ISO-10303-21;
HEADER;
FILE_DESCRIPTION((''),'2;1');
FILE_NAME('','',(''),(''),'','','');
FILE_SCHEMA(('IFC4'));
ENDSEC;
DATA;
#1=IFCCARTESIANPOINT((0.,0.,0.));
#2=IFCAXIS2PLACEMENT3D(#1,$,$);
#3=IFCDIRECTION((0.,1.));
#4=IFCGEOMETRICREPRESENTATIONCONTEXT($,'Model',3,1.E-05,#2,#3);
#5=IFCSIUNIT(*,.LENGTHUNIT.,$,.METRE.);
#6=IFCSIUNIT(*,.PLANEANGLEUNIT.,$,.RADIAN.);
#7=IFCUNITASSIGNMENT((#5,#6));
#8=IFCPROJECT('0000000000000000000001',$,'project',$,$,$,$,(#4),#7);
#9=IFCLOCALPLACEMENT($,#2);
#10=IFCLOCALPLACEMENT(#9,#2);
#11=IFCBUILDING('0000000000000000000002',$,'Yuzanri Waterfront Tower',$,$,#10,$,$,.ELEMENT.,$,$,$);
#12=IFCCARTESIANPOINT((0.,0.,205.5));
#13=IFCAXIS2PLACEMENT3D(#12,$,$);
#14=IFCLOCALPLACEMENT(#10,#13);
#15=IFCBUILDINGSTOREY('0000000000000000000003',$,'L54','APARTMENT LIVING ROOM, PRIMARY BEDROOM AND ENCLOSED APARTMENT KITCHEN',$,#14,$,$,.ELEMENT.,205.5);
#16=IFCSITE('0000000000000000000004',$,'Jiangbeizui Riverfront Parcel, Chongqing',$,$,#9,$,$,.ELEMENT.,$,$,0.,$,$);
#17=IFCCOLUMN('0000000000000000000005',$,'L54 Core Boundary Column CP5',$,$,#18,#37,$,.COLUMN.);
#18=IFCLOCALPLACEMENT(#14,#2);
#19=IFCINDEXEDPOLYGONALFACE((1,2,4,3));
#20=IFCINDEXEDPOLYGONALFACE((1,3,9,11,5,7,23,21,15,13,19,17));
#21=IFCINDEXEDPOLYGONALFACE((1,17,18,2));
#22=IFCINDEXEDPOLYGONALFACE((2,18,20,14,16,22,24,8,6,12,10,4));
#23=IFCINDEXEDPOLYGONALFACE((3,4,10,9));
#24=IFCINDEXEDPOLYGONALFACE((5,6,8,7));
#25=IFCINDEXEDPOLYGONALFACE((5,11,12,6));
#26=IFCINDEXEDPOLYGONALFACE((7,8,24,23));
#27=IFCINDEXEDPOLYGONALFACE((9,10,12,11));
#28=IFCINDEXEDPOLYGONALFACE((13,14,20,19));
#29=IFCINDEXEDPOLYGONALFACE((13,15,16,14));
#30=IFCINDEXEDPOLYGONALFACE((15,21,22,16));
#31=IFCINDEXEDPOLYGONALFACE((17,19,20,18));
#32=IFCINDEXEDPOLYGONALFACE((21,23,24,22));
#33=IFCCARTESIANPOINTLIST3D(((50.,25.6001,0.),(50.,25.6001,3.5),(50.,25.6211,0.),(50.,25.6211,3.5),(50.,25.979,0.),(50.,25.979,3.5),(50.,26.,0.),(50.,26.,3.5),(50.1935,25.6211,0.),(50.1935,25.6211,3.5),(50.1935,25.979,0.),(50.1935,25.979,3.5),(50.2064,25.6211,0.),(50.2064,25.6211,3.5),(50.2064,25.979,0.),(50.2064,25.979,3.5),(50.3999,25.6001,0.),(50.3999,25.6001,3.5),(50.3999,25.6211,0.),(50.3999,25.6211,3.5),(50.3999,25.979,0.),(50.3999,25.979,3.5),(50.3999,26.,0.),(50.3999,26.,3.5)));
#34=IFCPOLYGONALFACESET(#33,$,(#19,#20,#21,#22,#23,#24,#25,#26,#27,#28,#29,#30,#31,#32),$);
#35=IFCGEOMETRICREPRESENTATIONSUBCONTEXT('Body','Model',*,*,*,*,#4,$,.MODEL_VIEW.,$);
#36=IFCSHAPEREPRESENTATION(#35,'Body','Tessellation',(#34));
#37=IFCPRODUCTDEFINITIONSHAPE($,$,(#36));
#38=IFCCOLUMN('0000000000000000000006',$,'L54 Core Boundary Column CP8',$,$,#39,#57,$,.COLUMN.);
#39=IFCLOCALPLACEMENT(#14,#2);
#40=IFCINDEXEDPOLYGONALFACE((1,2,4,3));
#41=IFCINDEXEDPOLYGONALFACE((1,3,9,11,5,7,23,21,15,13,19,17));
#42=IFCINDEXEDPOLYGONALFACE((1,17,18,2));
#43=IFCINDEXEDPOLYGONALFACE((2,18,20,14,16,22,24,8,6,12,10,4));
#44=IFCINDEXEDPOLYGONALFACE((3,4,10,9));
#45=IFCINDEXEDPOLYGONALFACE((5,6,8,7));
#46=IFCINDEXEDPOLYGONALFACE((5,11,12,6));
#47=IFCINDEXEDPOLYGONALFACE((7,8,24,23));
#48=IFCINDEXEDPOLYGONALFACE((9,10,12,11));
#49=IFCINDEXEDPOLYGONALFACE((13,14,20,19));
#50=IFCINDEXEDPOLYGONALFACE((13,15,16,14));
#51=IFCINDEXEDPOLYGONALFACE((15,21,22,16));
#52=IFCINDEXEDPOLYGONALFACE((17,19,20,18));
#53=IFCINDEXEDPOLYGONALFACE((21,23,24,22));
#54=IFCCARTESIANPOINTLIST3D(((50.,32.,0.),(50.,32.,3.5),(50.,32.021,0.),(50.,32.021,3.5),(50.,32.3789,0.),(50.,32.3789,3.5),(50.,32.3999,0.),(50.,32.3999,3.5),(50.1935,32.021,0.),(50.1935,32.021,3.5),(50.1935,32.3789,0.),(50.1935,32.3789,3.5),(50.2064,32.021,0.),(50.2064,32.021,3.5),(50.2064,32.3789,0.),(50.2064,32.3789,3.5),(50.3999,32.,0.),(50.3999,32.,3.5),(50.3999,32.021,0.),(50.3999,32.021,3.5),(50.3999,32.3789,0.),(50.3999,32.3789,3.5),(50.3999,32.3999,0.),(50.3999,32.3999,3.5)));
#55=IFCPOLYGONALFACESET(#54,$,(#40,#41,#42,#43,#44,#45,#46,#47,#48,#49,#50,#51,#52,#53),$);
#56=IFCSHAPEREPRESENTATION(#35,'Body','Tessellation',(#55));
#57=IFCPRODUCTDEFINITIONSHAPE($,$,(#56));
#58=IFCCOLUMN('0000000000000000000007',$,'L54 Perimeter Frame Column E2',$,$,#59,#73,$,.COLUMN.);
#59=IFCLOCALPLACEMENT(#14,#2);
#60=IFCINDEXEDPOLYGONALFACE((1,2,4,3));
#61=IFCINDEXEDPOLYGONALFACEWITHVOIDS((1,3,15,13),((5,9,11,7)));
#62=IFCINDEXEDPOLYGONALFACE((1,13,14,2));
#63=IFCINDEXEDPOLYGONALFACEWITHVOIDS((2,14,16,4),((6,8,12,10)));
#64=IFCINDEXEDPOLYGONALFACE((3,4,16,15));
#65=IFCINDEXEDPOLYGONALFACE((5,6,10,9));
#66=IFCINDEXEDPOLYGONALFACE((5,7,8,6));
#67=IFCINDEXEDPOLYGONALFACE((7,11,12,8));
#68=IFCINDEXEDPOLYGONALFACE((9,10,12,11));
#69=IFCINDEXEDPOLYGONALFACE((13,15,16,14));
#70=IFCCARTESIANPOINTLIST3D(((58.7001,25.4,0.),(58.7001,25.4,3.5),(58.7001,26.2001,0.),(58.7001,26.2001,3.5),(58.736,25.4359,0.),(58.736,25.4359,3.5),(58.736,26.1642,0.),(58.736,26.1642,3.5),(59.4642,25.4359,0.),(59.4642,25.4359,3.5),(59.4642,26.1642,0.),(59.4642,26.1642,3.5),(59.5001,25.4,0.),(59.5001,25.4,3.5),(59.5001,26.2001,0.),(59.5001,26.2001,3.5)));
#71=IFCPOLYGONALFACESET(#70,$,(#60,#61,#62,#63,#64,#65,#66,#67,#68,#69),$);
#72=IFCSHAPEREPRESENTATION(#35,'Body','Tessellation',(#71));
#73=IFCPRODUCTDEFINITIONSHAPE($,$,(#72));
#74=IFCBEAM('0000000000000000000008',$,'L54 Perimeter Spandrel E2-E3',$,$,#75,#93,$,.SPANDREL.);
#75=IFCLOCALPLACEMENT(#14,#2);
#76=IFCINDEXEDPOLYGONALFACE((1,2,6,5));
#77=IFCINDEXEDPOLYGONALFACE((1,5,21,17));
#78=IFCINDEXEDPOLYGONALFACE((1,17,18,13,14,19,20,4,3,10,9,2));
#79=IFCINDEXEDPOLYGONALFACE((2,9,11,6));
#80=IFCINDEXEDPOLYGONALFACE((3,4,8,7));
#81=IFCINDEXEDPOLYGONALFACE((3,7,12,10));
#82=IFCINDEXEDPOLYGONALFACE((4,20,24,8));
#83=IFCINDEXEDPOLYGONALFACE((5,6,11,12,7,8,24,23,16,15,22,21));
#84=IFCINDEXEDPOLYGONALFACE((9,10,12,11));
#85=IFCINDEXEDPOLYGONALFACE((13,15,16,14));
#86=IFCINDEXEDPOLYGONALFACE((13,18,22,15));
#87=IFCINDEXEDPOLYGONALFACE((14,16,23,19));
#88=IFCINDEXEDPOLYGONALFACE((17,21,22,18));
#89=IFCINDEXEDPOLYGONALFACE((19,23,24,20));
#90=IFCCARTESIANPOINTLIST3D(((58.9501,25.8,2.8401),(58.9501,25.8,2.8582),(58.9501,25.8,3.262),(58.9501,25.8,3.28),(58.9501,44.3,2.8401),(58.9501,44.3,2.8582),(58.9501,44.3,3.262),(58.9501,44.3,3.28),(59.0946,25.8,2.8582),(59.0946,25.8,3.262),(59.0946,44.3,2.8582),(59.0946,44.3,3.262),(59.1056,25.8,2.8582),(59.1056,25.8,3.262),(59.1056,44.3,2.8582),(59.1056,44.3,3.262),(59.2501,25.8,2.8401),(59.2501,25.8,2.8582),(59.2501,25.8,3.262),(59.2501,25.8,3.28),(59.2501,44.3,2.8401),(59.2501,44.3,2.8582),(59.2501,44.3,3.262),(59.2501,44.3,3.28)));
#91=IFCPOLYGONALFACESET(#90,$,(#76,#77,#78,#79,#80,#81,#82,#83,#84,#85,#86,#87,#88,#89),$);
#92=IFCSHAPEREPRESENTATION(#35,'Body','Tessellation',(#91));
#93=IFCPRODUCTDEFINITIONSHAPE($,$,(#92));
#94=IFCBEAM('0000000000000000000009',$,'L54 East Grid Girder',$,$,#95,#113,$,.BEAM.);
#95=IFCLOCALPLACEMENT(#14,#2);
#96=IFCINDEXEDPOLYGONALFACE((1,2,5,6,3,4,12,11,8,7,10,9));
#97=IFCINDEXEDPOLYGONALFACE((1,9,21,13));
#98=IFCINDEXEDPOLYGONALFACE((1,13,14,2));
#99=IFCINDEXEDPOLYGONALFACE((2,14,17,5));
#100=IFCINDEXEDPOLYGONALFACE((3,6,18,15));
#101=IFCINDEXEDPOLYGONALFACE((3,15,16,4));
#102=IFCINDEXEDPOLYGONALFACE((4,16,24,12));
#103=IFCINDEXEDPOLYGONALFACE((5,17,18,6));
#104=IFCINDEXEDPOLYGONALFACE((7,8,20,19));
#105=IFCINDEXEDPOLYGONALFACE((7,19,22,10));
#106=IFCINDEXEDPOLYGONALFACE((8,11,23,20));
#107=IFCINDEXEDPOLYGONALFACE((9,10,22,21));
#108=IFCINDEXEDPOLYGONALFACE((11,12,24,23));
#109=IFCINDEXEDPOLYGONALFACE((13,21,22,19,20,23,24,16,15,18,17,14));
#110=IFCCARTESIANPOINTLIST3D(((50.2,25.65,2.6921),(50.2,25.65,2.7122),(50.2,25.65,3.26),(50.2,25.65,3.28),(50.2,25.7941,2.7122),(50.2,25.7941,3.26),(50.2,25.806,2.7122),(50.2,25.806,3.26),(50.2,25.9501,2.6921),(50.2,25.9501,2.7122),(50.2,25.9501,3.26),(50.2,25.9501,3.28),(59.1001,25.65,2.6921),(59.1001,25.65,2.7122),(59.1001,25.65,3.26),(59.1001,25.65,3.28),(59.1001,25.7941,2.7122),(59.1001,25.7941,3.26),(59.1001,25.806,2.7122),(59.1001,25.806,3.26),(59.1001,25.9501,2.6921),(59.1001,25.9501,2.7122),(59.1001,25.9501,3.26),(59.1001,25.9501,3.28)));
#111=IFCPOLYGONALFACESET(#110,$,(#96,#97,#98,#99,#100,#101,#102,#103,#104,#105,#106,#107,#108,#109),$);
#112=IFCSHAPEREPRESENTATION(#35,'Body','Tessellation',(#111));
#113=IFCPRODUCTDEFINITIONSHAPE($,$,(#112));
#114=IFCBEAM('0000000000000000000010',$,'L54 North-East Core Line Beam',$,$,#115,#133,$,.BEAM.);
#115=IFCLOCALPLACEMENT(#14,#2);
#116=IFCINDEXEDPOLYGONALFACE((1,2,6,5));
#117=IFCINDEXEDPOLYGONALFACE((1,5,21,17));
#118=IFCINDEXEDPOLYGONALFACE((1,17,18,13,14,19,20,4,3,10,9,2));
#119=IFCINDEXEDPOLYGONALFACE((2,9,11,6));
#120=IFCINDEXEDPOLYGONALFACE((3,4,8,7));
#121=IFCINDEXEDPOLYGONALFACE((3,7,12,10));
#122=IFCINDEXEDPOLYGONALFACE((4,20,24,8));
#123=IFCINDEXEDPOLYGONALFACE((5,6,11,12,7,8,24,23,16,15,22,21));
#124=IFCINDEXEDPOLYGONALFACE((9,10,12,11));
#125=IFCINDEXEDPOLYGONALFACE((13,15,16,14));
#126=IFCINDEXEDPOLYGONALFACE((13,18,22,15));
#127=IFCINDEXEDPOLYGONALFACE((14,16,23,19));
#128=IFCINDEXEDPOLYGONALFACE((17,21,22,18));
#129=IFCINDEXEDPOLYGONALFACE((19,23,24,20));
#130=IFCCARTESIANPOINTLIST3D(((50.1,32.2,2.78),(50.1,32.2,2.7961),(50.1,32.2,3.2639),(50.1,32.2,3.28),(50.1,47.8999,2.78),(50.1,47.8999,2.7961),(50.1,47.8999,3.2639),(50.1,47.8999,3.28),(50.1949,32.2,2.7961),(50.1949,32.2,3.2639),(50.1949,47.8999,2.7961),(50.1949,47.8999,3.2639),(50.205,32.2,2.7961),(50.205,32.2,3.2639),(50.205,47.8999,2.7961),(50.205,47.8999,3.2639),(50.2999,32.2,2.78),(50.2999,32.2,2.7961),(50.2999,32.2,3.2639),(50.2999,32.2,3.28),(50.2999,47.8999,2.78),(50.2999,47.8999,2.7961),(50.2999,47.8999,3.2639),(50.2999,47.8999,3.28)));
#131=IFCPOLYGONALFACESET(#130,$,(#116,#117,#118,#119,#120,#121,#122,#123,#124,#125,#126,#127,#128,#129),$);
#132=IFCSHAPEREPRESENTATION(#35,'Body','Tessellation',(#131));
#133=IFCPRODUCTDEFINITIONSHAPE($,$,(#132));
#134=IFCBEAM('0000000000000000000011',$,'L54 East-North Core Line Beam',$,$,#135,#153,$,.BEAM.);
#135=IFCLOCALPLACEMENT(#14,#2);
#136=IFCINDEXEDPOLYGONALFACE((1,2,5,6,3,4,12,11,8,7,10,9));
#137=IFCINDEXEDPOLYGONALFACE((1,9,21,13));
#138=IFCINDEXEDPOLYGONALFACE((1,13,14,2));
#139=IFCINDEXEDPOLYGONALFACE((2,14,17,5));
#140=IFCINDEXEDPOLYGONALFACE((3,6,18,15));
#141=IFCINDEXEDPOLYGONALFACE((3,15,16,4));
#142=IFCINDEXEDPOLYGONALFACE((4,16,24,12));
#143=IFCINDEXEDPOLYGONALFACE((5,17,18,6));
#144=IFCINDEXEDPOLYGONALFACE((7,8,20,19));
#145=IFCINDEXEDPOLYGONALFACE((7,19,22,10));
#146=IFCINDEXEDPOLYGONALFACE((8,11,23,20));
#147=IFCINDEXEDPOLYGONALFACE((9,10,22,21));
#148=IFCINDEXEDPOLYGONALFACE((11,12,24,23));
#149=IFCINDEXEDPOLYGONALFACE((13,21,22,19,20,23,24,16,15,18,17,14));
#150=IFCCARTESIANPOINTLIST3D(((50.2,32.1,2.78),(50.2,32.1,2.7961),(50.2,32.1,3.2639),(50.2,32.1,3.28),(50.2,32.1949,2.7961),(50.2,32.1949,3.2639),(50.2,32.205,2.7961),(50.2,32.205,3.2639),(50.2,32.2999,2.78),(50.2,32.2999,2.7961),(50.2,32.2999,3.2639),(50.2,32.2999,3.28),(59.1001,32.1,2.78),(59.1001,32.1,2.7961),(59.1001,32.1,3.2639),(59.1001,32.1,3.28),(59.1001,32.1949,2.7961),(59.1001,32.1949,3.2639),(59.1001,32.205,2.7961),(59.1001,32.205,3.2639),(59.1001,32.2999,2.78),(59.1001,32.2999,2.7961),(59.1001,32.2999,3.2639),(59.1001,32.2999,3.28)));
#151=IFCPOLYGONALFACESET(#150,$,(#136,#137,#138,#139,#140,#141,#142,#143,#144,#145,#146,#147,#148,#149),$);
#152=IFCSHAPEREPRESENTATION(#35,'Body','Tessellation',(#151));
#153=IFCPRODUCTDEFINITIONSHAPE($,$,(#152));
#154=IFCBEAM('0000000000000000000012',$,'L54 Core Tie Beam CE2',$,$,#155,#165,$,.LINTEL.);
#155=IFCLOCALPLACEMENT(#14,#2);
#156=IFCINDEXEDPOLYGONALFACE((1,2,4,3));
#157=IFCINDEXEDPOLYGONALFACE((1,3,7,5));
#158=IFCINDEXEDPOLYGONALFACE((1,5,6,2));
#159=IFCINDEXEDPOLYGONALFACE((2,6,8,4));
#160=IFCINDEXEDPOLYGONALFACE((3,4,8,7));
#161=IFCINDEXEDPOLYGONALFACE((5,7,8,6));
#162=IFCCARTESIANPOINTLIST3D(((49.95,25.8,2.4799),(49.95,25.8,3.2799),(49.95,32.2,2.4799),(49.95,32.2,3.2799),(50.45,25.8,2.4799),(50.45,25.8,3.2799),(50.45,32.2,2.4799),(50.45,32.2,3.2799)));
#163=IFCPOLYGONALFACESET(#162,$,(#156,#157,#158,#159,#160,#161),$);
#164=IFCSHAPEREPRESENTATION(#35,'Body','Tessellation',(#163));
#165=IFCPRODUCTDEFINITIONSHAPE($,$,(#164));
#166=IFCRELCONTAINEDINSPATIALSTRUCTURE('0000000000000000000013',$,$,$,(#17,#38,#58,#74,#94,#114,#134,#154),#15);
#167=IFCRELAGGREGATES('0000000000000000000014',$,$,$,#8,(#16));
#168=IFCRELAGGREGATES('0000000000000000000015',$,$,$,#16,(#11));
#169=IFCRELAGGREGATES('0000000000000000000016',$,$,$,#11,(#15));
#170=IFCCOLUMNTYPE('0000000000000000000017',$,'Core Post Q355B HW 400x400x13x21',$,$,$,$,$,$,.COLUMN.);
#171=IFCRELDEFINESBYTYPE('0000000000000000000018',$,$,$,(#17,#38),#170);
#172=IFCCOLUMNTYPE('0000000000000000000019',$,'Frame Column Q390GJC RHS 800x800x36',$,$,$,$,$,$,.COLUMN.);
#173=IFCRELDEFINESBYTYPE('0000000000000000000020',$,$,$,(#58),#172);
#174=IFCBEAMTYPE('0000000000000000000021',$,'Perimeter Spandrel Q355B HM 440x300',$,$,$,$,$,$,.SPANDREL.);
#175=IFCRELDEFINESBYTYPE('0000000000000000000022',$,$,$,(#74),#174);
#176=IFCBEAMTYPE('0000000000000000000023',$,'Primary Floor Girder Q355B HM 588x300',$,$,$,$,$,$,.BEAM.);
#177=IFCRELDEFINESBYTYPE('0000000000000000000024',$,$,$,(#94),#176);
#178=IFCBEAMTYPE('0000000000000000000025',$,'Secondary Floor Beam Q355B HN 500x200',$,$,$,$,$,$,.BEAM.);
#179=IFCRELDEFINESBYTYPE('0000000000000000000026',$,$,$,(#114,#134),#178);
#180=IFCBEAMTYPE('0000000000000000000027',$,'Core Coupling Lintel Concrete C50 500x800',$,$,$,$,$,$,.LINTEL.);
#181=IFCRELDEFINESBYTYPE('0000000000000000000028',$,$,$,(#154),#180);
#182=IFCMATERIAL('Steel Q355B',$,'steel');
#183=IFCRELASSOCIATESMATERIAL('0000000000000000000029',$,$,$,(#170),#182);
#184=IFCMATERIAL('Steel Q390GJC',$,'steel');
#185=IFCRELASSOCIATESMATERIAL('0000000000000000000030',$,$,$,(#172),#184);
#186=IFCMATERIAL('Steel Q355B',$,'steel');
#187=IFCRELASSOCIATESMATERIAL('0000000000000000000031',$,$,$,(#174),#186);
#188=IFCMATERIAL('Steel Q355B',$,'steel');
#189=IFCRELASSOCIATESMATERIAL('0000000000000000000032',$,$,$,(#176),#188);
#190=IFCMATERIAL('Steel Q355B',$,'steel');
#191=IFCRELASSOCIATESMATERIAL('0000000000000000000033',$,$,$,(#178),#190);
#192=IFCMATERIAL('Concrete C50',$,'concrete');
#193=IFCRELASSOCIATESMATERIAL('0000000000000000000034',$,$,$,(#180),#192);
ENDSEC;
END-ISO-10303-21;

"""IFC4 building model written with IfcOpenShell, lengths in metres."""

from ifc_helpers import new_model, si_unit, direction, frame, origin, origin_2d, place, context, subcontext, project, spatial, rectangle, hollow_rectangle, i_section, extrude, source, transform, mapped, material, material_profile, profile_set, type_object, element, save


model = new_model("IFC4")

# Units and contexts
model_context = context("Model", 3, precision=1e-05, world=origin(), true_north=direction((0.0, 1.0)))
body_context = subcontext(model_context, "Body", "Model", "MODEL_VIEW")
ifc_project = project(units=[si_unit("LENGTHUNIT", "METRE"), si_unit("PLANEANGLEUNIT", "RADIAN")], contexts=[model_context])

# Site, building, storey
site_placement = place(None, origin())
site = spatial("IfcSite", under=ifc_project, at=site_placement, Name="Jiangbeizui Riverfront Parcel, Chongqing", CompositionType="ELEMENT", RefElevation=0.0)
building_placement = place(site_placement, origin())
building = spatial("IfcBuilding", under=site, at=building_placement, Name="Yuzanri Waterfront Tower", CompositionType="ELEMENT")
storey_placement = place(building_placement, frame((0.0, 0.0, 205.5)))
storey = spatial("IfcBuildingStorey", under=building, at=storey_placement, Name="L54", Description="APARTMENT LIVING ROOM, PRIMARY BEDROOM AND ENCLOSED APARTMENT KITCHEN", CompositionType="ELEMENT", Elevation=205.5)

# Columns
ifc_material_1 = material(Name="Steel Q355B", Category="steel")
ifc_material_profile_1 = material_profile(ifc_material_1, i_section(OverallWidth=0.3999, OverallDepth=0.3999, WebThickness=0.0129, FlangeThickness=0.021, at=origin_2d()), Name="HW 400x400x13x21")
ifc_profile_set_1 = profile_set([ifc_material_profile_1], Name="Steel Q355B")
column_type_1 = type_object("IfcColumnType", Name="Core Post Q355B HW 400x400x13x21", PredefinedType="COLUMN", material=ifc_profile_set_1)
shared_shape_1 = source(origin(), body_context, "Body", "SweptSolid", [
    extrude(i_section(OverallWidth=0.3999, OverallDepth=0.3999, WebThickness=0.0129, FlangeThickness=0.021, at=origin_2d()), origin(), (0.0, 0.0, 1.0), 3.5),
])
for number, where, z_axis, x_axis, name in (
    (1, (50.2, 25.8, 0.0), (0.0, 0.0, 1.0), (1.0, 0.0, 0.0), "L54 Core Boundary Column CP5"),
    (2, (50.2, 32.2, 0.0), (0.0, 0.0, 1.0), (1.0, 0.0, 0.0), "L54 Core Boundary Column CP8"),
):
    element("IfcColumn", number, at=place(storey_placement, frame(where, z_axis=z_axis, x_axis=x_axis)), inside=storey, type_object=column_type_1, Name=name, PredefinedType="COLUMN", context=body_context, shape_type="MappedRepresentation", body=[
        mapped(shared_shape_1, transform((0.0, 0.0, 0.0), scale=1.0)),
    ])
ifc_material_2 = material(Name="Steel Q390GJC", Category="steel")
ifc_material_profile_2 = material_profile(ifc_material_2, hollow_rectangle(XDim=0.8, YDim=0.8, WallThickness=0.0359, at=origin_2d()), Name="RHS 800x800x36")
ifc_profile_set_2 = profile_set([ifc_material_profile_2], Name="Steel Q390GJC")
column_type_2 = type_object("IfcColumnType", Name="Frame Column Q390GJC RHS 800x800x36", PredefinedType="COLUMN", material=ifc_profile_set_2)
shared_shape_2 = source(origin(), body_context, "Body", "SweptSolid", [
    extrude(hollow_rectangle(XDim=0.8, YDim=0.8, WallThickness=0.0359, at=origin_2d()), origin(), (0.0, 0.0, 1.0), 3.5),
])
column_placement = place(storey_placement, frame((59.1001, 25.8, 0.0), z_axis=(0.0, 0.0, 1.0), x_axis=(1.0, 0.0, 0.0)))
element("IfcColumn", 3, at=column_placement, inside=storey, type_object=column_type_2, Name="L54 Perimeter Frame Column E2", PredefinedType="COLUMN", context=body_context, shape_type="MappedRepresentation", body=[
    mapped(shared_shape_2, transform((0.0, 0.0, 0.0), scale=1.0)),
])

# Beams
ifc_material_3 = material(Name="Steel Q355B", Category="steel")
ifc_material_profile_3 = material_profile(ifc_material_3, i_section(OverallWidth=0.3, OverallDepth=0.4399, WebThickness=0.011, FlangeThickness=0.0181, at=origin_2d()), Name="HM 440x300x11x18")
ifc_profile_set_3 = profile_set([ifc_material_profile_3], Name="Steel Q355B")
beam_type_1 = type_object("IfcBeamType", Name="Perimeter Spandrel Q355B HM 440x300", PredefinedType="SPANDREL", material=ifc_profile_set_3)
shared_shape_3 = source(origin(), body_context, "Body", "SweptSolid", [
    extrude(i_section(OverallWidth=0.3, OverallDepth=0.4399, WebThickness=0.011, FlangeThickness=0.0181, at=origin_2d()), origin(), (0.0, 0.0, 1.0), 18.5),
])
beam_1_placement = place(storey_placement, frame((59.1001, 25.8, 3.0601), z_axis=(0.0, 1.0, 0.0), x_axis=(-1.0, 0.0, 0.0)))
element("IfcBeam", 4, at=beam_1_placement, inside=storey, type_object=beam_type_1, Name="L54 Perimeter Spandrel E2-E3", PredefinedType="SPANDREL", context=body_context, shape_type="MappedRepresentation", body=[
    mapped(shared_shape_3, transform((0.0, 0.0, 0.0), scale=1.0)),
])
ifc_material_4 = material(Name="Steel Q355B", Category="steel")
ifc_material_profile_4 = material_profile(ifc_material_4, i_section(OverallWidth=0.3, OverallDepth=0.5879, WebThickness=0.012, FlangeThickness=0.02, at=origin_2d()), Name="HM 588x300x12x20")
ifc_profile_set_4 = profile_set([ifc_material_profile_4], Name="Steel Q355B")
beam_type_2 = type_object("IfcBeamType", Name="Primary Floor Girder Q355B HM 588x300", PredefinedType="BEAM", material=ifc_profile_set_4)
shared_shape_4 = source(origin(), body_context, "Body", "SweptSolid", [
    extrude(i_section(OverallWidth=0.3, OverallDepth=0.5879, WebThickness=0.012, FlangeThickness=0.02, at=origin_2d()), origin(), (0.0, 0.0, 1.0), 8.9001),
])
beam_2_placement = place(storey_placement, frame((50.2, 25.8, 2.9861), z_axis=(1.0, 0.0, 0.0), x_axis=(0.0, 1.0, 0.0)))
element("IfcBeam", 5, at=beam_2_placement, inside=storey, type_object=beam_type_2, Name="L54 East Grid Girder", PredefinedType="BEAM", context=body_context, shape_type="MappedRepresentation", body=[
    mapped(shared_shape_4, transform((0.0, 0.0, 0.0), scale=1.0)),
])
ifc_material_5 = material(Name="Steel Q355B", Category="steel")
ifc_material_profile_5 = material_profile(ifc_material_5, i_section(OverallWidth=0.2, OverallDepth=0.5, WebThickness=0.01, FlangeThickness=0.0161, at=origin_2d()), Name="HN 500x200x10x16")
ifc_profile_set_5 = profile_set([ifc_material_profile_5], Name="Steel Q355B")
beam_type_3 = type_object("IfcBeamType", Name="Secondary Floor Beam Q355B HN 500x200", PredefinedType="BEAM", material=ifc_profile_set_5)
shared_shape_5 = source(origin(), body_context, "Body", "SweptSolid", [
    extrude(i_section(OverallWidth=0.2, OverallDepth=0.5, WebThickness=0.01, FlangeThickness=0.0161, at=origin_2d()), origin(), (0.0, 0.0, 1.0), 15.7),
])
beam_3_placement = place(storey_placement, frame((50.2, 32.2, 3.03), z_axis=(0.0, 1.0, 0.0), x_axis=(-1.0, 0.0, 0.0)))
element("IfcBeam", 6, at=beam_3_placement, inside=storey, type_object=beam_type_3, Name="L54 North-East Core Line Beam", PredefinedType="BEAM", context=body_context, shape_type="MappedRepresentation", body=[
    mapped(shared_shape_5, transform((0.0, 0.0, 0.0), scale=1.0)),
])
shared_shape_6 = source(origin(), body_context, "Body", "SweptSolid", [
    extrude(i_section(OverallWidth=0.2, OverallDepth=0.5, WebThickness=0.01, FlangeThickness=0.0161, at=origin_2d()), origin(), (0.0, 0.0, 1.0), 8.9001),
])
beam_4_placement = place(storey_placement, frame((50.2, 32.2, 3.03), z_axis=(1.0, 0.0, 0.0), x_axis=(0.0, 1.0, 0.0)))
element("IfcBeam", 7, at=beam_4_placement, inside=storey, type_object=beam_type_3, Name="L54 East-North Core Line Beam", PredefinedType="BEAM", context=body_context, shape_type="MappedRepresentation", body=[
    mapped(shared_shape_6, transform((0.0, 0.0, 0.0), scale=1.0)),
])
ifc_material_6 = material(Name="Concrete C50", Category="concrete")
ifc_material_profile_6 = material_profile(ifc_material_6, rectangle(XDim=0.5, YDim=0.8, at=origin_2d()), Name="RC 500x800")
ifc_profile_set_6 = profile_set([ifc_material_profile_6], Name="Concrete C50")
beam_type_4 = type_object("IfcBeamType", Name="Core Coupling Lintel Concrete C50 500x800", PredefinedType="LINTEL", material=ifc_profile_set_6)
shared_shape_7 = source(origin(), body_context, "Body", "SweptSolid", [
    extrude(rectangle(XDim=0.5, YDim=0.8, at=origin_2d()), origin(), (0.0, 0.0, 1.0), 6.3999),
])
beam_5_placement = place(storey_placement, frame((50.2, 25.8, 2.8799), z_axis=(0.0, 1.0, 0.0), x_axis=(-1.0, 0.0, 0.0)))
element("IfcBeam", 8, at=beam_5_placement, inside=storey, type_object=beam_type_4, Name="L54 Core Tie Beam CE2", PredefinedType="LINTEL", context=body_context, shape_type="MappedRepresentation", body=[
    mapped(shared_shape_7, transform((0.0, 0.0, 0.0), scale=1.0)),
])

save(model, "model.ifc")
